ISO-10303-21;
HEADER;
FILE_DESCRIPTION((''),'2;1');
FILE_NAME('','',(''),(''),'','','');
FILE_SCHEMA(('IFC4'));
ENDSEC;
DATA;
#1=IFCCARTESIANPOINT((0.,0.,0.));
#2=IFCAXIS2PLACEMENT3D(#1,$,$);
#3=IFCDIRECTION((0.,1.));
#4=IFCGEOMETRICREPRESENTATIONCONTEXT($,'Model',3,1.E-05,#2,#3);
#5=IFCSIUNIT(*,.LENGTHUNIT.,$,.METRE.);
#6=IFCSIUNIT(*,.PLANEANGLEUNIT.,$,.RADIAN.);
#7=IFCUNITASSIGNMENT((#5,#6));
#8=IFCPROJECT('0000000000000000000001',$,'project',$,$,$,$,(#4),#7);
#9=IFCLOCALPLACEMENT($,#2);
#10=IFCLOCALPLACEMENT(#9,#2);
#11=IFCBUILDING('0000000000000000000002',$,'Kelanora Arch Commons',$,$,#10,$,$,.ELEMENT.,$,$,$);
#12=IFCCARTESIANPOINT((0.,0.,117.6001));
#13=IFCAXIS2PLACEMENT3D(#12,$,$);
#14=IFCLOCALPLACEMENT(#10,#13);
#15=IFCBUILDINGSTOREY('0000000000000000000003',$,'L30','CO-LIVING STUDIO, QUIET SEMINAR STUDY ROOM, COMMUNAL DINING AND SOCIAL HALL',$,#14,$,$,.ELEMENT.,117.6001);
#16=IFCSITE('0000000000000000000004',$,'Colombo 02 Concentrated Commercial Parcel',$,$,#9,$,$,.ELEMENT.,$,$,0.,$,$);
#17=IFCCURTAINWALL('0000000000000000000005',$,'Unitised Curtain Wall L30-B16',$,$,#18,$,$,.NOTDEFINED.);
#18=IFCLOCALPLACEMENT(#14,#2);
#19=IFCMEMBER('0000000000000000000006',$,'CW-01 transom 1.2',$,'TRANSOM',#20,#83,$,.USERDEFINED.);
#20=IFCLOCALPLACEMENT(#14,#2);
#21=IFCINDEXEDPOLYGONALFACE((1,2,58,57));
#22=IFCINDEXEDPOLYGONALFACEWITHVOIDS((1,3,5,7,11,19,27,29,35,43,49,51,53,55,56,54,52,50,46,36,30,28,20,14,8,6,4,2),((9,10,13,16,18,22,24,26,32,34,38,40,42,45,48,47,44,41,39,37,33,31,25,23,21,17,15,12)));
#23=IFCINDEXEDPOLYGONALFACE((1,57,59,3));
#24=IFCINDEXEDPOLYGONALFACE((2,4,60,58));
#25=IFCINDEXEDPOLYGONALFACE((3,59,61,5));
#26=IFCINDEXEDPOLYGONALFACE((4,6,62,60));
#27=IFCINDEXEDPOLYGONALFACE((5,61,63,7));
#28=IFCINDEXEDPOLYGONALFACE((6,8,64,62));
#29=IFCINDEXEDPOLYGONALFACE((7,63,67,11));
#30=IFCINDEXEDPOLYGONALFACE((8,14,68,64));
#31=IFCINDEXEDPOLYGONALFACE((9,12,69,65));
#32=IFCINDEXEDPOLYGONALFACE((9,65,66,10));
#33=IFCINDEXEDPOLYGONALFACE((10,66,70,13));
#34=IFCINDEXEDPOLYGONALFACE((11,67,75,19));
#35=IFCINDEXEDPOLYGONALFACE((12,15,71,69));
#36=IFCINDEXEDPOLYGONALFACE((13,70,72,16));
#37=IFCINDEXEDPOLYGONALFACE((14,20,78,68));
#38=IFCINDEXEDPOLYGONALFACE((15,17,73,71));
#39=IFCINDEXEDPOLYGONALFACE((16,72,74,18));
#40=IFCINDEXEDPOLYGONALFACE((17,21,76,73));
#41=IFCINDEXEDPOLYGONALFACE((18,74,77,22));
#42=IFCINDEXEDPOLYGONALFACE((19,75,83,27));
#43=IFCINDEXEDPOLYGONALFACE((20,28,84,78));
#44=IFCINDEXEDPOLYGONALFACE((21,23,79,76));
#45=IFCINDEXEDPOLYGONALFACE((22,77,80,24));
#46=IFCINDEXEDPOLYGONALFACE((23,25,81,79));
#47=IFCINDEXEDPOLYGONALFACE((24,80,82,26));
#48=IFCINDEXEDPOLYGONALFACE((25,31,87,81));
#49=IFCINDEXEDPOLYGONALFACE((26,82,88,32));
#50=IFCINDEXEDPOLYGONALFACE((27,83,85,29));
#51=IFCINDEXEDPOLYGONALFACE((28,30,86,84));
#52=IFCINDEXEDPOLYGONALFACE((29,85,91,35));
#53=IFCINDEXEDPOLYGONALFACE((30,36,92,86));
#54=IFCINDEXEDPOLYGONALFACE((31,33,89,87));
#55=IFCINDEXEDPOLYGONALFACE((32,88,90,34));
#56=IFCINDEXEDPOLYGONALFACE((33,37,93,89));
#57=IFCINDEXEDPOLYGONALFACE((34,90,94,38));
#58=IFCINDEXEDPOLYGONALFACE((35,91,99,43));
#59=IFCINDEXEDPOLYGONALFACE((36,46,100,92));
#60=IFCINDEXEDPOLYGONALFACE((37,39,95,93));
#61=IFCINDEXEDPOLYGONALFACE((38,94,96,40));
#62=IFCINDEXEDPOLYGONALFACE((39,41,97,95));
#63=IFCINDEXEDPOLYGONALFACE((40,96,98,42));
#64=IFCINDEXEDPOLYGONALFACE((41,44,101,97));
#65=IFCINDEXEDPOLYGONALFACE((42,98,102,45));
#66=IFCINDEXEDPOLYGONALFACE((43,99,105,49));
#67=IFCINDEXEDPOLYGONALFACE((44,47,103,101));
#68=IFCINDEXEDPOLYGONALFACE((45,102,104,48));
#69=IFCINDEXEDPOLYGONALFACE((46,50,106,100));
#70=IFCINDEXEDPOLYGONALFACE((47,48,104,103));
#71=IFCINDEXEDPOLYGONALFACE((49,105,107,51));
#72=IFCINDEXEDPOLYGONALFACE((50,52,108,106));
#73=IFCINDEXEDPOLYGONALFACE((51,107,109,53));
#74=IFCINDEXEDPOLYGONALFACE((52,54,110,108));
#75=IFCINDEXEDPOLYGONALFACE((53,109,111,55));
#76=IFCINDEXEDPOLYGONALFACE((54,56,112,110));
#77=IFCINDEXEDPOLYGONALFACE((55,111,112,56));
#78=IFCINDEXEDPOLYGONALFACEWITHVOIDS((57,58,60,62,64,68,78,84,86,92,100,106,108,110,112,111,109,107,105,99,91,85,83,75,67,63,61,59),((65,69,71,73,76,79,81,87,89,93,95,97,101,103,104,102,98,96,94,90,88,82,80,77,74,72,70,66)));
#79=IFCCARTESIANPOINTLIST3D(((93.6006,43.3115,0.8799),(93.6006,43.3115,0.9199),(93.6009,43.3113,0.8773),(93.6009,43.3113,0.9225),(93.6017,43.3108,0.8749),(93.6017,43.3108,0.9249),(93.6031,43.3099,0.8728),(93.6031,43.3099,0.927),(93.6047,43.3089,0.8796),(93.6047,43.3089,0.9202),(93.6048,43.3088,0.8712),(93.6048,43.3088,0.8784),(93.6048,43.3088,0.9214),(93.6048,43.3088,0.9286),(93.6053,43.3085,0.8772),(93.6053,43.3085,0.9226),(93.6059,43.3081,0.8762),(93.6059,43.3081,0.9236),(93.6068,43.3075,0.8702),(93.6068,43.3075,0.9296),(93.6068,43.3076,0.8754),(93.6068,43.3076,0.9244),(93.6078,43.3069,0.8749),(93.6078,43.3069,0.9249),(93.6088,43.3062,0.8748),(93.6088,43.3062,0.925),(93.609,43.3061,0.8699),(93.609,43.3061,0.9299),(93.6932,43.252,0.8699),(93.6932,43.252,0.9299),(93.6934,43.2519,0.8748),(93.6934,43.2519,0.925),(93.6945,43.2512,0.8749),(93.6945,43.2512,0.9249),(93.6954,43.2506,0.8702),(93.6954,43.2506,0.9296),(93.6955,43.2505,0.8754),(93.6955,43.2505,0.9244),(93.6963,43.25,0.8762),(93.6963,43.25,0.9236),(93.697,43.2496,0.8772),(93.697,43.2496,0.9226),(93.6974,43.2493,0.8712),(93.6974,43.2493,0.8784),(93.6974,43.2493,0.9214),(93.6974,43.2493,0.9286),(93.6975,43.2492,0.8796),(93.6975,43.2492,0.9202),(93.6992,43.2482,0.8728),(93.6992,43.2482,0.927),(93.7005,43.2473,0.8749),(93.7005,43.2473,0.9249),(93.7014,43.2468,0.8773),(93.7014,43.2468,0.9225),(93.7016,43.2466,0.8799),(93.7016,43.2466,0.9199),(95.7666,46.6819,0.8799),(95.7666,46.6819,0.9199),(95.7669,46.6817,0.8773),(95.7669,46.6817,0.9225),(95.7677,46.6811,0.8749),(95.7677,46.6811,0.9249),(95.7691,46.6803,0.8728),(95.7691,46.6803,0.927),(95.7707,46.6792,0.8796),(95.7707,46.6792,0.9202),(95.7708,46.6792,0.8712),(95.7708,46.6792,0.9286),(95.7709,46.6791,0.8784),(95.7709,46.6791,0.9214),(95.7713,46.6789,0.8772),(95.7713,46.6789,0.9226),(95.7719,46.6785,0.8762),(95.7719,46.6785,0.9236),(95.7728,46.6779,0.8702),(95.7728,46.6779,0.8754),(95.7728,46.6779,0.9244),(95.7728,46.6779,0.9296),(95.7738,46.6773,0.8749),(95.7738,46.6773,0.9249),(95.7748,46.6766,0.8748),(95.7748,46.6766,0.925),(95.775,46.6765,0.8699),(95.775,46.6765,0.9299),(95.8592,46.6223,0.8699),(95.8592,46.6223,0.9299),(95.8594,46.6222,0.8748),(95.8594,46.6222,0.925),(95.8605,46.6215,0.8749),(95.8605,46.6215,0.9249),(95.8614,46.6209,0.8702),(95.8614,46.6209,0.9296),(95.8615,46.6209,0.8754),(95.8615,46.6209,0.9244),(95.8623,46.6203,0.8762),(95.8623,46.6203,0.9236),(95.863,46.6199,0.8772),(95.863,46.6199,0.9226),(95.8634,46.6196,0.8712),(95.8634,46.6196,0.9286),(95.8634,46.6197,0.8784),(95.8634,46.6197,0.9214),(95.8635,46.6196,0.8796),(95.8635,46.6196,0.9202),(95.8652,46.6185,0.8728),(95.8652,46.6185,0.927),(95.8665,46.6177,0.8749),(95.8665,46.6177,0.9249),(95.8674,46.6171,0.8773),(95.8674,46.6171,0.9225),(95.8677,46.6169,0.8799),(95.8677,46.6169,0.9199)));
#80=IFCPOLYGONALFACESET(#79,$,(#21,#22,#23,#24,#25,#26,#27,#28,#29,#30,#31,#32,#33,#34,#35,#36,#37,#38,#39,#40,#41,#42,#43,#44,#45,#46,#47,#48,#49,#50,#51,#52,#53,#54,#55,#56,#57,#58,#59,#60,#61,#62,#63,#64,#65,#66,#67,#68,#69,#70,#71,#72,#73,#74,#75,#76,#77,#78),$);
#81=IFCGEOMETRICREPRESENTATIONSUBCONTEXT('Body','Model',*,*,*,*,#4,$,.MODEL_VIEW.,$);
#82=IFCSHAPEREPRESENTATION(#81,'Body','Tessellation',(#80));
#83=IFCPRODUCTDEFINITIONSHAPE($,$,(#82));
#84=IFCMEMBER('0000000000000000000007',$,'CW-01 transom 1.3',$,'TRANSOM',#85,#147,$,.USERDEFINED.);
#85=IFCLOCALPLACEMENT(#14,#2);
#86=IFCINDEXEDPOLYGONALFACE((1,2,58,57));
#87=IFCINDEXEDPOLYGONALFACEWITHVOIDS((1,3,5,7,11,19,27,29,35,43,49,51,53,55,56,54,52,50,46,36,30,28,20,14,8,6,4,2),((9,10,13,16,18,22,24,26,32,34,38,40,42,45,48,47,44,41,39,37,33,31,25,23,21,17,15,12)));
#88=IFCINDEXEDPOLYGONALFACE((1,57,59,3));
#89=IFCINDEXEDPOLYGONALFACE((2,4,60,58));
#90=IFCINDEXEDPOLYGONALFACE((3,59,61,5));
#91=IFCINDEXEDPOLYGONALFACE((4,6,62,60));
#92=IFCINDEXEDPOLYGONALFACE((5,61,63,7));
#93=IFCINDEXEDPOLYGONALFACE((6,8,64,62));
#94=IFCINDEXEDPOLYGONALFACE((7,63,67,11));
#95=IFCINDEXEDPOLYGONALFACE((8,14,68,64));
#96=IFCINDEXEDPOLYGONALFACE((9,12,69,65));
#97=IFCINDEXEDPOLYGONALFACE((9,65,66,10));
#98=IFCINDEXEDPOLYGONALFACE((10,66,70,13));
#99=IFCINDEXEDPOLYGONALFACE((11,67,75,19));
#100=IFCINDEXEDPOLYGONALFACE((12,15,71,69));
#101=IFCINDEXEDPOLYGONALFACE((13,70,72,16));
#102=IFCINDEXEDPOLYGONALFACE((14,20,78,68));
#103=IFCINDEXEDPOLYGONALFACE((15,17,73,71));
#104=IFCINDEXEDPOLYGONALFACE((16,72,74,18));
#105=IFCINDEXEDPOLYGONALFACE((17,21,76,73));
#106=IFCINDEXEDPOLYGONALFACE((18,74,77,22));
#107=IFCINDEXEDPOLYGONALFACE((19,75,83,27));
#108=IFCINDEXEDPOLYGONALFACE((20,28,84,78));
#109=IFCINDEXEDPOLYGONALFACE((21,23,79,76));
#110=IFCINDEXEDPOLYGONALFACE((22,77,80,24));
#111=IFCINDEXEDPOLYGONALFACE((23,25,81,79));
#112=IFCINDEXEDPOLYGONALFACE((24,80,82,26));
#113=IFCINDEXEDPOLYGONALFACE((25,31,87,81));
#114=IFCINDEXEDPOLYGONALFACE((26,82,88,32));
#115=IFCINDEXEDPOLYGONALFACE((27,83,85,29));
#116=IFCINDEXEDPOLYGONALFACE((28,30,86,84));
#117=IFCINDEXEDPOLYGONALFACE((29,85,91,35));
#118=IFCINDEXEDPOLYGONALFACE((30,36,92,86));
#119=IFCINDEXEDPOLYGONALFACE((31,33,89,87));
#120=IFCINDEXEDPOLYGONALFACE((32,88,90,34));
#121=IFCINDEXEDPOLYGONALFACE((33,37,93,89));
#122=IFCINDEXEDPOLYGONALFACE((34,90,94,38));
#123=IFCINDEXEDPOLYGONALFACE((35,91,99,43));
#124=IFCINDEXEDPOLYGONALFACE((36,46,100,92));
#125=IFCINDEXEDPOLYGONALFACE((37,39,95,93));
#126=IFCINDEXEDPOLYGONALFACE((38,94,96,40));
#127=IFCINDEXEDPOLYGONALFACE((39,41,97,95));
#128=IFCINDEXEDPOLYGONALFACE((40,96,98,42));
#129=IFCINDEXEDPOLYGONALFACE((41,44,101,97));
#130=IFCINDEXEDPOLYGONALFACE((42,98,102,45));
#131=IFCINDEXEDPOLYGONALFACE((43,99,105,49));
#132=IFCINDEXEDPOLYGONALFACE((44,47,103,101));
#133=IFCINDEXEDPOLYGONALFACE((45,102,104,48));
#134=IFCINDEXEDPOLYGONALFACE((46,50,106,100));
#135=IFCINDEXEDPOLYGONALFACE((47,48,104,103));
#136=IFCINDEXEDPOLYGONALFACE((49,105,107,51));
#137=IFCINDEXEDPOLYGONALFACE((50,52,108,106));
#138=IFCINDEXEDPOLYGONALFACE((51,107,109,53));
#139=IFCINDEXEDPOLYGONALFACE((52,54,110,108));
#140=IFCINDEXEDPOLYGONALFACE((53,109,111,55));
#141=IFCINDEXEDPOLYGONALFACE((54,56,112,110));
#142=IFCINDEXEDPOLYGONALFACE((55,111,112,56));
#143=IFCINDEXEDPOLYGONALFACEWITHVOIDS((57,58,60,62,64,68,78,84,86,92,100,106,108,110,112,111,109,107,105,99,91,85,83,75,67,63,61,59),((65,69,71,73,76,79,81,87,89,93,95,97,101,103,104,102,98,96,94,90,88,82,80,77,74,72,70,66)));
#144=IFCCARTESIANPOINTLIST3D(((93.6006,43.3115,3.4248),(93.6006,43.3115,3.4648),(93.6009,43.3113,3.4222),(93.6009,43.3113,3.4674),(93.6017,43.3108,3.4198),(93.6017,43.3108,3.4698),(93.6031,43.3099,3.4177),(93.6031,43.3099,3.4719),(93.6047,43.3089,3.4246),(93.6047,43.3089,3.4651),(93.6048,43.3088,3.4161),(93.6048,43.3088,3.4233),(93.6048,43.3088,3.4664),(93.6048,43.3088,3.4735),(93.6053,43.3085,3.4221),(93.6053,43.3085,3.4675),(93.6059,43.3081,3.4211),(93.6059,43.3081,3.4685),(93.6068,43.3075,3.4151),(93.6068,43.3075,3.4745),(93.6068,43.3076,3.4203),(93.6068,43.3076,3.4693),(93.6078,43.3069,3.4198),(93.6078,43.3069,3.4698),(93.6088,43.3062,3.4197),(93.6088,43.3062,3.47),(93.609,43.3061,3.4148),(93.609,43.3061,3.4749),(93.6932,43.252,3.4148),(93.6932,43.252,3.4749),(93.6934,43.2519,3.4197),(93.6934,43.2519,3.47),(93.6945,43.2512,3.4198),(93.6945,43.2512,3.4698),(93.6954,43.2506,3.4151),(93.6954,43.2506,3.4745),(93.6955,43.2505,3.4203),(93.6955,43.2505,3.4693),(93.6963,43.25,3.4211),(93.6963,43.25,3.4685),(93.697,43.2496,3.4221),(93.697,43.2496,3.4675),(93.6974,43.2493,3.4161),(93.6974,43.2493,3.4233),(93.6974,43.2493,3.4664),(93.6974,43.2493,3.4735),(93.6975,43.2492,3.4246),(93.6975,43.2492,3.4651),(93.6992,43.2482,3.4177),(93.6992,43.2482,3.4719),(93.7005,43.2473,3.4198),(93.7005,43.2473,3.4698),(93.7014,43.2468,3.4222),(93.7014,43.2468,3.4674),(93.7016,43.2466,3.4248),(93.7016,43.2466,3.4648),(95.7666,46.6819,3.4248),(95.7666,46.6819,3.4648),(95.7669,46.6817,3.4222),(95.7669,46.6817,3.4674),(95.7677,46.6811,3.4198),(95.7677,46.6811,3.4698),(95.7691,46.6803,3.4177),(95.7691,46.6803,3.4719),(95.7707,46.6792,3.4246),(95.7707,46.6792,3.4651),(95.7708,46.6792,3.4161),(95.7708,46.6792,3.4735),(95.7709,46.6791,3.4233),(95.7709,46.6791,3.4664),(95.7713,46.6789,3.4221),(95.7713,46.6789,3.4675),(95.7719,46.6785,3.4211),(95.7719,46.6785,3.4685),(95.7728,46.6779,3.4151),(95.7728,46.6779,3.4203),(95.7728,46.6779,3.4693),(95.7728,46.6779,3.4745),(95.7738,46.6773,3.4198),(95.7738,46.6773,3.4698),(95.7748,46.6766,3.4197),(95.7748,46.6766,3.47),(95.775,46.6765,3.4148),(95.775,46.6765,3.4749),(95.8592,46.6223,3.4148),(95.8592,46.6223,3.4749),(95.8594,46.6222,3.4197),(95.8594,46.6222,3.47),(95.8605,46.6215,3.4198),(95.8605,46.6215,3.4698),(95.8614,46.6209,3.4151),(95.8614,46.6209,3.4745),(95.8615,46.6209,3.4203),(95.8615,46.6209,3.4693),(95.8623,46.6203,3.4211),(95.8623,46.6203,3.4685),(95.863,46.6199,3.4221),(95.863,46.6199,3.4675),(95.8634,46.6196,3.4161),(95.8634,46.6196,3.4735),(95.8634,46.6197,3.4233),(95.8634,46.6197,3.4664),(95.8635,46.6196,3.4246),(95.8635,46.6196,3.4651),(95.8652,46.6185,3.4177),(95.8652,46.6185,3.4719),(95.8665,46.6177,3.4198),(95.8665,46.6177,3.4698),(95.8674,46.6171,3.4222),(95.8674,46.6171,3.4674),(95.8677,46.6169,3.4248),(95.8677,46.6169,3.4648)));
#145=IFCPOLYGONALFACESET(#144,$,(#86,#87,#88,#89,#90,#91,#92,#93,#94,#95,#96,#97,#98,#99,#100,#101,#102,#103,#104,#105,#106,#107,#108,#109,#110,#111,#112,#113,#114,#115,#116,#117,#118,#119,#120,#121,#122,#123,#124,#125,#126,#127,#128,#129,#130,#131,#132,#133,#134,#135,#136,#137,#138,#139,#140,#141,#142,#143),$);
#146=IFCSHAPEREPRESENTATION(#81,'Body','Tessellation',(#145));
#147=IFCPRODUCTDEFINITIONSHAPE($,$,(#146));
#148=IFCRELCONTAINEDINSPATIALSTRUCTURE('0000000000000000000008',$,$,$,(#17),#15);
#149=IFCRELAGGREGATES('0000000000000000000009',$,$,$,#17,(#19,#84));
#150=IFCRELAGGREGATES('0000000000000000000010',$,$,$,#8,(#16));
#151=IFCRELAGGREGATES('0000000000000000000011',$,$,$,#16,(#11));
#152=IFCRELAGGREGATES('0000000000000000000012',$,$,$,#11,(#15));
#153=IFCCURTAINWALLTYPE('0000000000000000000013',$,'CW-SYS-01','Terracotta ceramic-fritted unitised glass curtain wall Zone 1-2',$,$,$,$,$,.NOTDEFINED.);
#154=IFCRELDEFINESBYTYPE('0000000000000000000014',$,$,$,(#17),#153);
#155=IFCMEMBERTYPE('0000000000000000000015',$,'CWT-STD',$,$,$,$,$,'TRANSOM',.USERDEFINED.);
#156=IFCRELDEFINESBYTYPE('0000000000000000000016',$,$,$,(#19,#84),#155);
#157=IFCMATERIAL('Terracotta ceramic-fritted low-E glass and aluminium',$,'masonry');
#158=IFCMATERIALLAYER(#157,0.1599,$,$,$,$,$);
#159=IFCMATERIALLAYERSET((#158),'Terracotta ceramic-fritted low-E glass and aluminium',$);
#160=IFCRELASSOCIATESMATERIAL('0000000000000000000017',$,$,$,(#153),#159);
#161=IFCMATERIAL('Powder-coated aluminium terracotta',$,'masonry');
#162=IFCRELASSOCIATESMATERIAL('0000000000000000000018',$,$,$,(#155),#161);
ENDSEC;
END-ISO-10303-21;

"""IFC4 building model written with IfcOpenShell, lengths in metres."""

from ifc_helpers import new_model, si_unit, direction, frame, origin, origin_2d, place, context, subcontext, project, spatial, hollow_rectangle, extrude, material, layer, layer_set, material_profile, profile_set, type_object, element, aggregate, save


model = new_model("IFC4")

# Units and contexts
model_context = context("Model", 3, precision=1e-05, world=origin(), true_north=direction((0.0, 1.0)))
body_context = subcontext(model_context, "Body", "Model", "MODEL_VIEW")
ifc_project = project(units=[si_unit("LENGTHUNIT", "METRE"), si_unit("PLANEANGLEUNIT", "RADIAN")], contexts=[model_context])

# Site, building, storey
site_placement = place(None, origin())
site = spatial("IfcSite", under=ifc_project, at=site_placement, Name="Colombo 02 Concentrated Commercial Parcel", CompositionType="ELEMENT", RefElevation=0.0)
building_placement = place(site_placement, origin())
building = spatial("IfcBuilding", under=site, at=building_placement, Name="Kelanora Arch Commons", CompositionType="ELEMENT")
storey_placement = place(building_placement, frame((0.0, 0.0, 117.6001)))
storey = spatial("IfcBuildingStorey", under=building, at=storey_placement, Name="L30", Description="CO-LIVING STUDIO, QUIET SEMINAR STUDY ROOM, COMMUNAL DINING AND SOCIAL HALL", CompositionType="ELEMENT", Elevation=117.6001)

# Shared definitions
ifc_material_1 = material(Name="Terracotta ceramic-fritted low-E glass and aluminium", Category="masonry")
ifc_layer_1 = layer(ifc_material_1, 0.1599)
ifc_layer_set_1 = layer_set([ifc_layer_1], Name="Terracotta ceramic-fritted low-E glass and aluminium")
curtain_wall_type = type_object("IfcCurtainWallType", Name="CW-SYS-01", Description="Terracotta ceramic-fritted unitised glass curtain wall Zone 1-2", PredefinedType="NOTDEFINED", material=ifc_layer_set_1)
ifc_material_2 = material(Name="Powder-coated aluminium terracotta", Category="masonry")

# Curtain wall, members
curtain_wall_1_placement = place(storey_placement, origin())
curtain_wall_1 = element("IfcCurtainWall", 1, at=curtain_wall_1_placement, inside=storey, type_object=curtain_wall_type, Name="Unitised Curtain Wall L30-B16", PredefinedType="NOTDEFINED")
ifc_material_profile_1 = material_profile(ifc_material_2, hollow_rectangle(XDim=0.1201, YDim=0.0601, WallThickness=0.0049, InnerFilletRadius=0.0049, OuterFilletRadius=0.01, at=origin_2d()), Name="CWT120x60")
ifc_profile_set_1 = profile_set([ifc_material_profile_1], Name="Powder-coated aluminium terracotta")
member_type_1 = type_object("IfcMemberType", Name="CWT-STD", ElementType="TRANSOM", PredefinedType="USERDEFINED", material=ifc_profile_set_1)
member_1_placement = place(storey_placement, frame((93.6511, 43.2791, 0.8999), z_axis=(0.540644, 0.841252, 0.0), x_axis=(-0.841252, 0.540644, 0.0)))
member_1 = element("IfcMember", 2, at=member_1_placement, type_object=member_type_1, Name="CW-01 transom 1.2", ObjectType="TRANSOM", PredefinedType="USERDEFINED", context=body_context, shape_type="SweptSolid", body=[
    extrude(hollow_rectangle(XDim=0.1201, YDim=0.0601, WallThickness=0.0049, InnerFilletRadius=0.0049, OuterFilletRadius=0.01, at=origin_2d()), origin(), (0.0, 0.0, 1.0), 4.0063),
])
member_2_placement = place(storey_placement, frame((93.6511, 43.2791, 3.4448), z_axis=(0.540644, 0.841252, 0.0), x_axis=(-0.841252, 0.540644, 0.0)))
member_2 = element("IfcMember", 3, at=member_2_placement, type_object=member_type_1, Name="CW-01 transom 1.3", ObjectType="TRANSOM", PredefinedType="USERDEFINED", context=body_context, shape_type="SweptSolid", body=[
    extrude(hollow_rectangle(XDim=0.1201, YDim=0.0601, WallThickness=0.0049, InnerFilletRadius=0.0049, OuterFilletRadius=0.01, at=origin_2d()), origin(), (0.0, 0.0, 1.0), 4.0063),
])
aggregate(curtain_wall_1, [member_1, member_2])

save(model, "model.ifc")
